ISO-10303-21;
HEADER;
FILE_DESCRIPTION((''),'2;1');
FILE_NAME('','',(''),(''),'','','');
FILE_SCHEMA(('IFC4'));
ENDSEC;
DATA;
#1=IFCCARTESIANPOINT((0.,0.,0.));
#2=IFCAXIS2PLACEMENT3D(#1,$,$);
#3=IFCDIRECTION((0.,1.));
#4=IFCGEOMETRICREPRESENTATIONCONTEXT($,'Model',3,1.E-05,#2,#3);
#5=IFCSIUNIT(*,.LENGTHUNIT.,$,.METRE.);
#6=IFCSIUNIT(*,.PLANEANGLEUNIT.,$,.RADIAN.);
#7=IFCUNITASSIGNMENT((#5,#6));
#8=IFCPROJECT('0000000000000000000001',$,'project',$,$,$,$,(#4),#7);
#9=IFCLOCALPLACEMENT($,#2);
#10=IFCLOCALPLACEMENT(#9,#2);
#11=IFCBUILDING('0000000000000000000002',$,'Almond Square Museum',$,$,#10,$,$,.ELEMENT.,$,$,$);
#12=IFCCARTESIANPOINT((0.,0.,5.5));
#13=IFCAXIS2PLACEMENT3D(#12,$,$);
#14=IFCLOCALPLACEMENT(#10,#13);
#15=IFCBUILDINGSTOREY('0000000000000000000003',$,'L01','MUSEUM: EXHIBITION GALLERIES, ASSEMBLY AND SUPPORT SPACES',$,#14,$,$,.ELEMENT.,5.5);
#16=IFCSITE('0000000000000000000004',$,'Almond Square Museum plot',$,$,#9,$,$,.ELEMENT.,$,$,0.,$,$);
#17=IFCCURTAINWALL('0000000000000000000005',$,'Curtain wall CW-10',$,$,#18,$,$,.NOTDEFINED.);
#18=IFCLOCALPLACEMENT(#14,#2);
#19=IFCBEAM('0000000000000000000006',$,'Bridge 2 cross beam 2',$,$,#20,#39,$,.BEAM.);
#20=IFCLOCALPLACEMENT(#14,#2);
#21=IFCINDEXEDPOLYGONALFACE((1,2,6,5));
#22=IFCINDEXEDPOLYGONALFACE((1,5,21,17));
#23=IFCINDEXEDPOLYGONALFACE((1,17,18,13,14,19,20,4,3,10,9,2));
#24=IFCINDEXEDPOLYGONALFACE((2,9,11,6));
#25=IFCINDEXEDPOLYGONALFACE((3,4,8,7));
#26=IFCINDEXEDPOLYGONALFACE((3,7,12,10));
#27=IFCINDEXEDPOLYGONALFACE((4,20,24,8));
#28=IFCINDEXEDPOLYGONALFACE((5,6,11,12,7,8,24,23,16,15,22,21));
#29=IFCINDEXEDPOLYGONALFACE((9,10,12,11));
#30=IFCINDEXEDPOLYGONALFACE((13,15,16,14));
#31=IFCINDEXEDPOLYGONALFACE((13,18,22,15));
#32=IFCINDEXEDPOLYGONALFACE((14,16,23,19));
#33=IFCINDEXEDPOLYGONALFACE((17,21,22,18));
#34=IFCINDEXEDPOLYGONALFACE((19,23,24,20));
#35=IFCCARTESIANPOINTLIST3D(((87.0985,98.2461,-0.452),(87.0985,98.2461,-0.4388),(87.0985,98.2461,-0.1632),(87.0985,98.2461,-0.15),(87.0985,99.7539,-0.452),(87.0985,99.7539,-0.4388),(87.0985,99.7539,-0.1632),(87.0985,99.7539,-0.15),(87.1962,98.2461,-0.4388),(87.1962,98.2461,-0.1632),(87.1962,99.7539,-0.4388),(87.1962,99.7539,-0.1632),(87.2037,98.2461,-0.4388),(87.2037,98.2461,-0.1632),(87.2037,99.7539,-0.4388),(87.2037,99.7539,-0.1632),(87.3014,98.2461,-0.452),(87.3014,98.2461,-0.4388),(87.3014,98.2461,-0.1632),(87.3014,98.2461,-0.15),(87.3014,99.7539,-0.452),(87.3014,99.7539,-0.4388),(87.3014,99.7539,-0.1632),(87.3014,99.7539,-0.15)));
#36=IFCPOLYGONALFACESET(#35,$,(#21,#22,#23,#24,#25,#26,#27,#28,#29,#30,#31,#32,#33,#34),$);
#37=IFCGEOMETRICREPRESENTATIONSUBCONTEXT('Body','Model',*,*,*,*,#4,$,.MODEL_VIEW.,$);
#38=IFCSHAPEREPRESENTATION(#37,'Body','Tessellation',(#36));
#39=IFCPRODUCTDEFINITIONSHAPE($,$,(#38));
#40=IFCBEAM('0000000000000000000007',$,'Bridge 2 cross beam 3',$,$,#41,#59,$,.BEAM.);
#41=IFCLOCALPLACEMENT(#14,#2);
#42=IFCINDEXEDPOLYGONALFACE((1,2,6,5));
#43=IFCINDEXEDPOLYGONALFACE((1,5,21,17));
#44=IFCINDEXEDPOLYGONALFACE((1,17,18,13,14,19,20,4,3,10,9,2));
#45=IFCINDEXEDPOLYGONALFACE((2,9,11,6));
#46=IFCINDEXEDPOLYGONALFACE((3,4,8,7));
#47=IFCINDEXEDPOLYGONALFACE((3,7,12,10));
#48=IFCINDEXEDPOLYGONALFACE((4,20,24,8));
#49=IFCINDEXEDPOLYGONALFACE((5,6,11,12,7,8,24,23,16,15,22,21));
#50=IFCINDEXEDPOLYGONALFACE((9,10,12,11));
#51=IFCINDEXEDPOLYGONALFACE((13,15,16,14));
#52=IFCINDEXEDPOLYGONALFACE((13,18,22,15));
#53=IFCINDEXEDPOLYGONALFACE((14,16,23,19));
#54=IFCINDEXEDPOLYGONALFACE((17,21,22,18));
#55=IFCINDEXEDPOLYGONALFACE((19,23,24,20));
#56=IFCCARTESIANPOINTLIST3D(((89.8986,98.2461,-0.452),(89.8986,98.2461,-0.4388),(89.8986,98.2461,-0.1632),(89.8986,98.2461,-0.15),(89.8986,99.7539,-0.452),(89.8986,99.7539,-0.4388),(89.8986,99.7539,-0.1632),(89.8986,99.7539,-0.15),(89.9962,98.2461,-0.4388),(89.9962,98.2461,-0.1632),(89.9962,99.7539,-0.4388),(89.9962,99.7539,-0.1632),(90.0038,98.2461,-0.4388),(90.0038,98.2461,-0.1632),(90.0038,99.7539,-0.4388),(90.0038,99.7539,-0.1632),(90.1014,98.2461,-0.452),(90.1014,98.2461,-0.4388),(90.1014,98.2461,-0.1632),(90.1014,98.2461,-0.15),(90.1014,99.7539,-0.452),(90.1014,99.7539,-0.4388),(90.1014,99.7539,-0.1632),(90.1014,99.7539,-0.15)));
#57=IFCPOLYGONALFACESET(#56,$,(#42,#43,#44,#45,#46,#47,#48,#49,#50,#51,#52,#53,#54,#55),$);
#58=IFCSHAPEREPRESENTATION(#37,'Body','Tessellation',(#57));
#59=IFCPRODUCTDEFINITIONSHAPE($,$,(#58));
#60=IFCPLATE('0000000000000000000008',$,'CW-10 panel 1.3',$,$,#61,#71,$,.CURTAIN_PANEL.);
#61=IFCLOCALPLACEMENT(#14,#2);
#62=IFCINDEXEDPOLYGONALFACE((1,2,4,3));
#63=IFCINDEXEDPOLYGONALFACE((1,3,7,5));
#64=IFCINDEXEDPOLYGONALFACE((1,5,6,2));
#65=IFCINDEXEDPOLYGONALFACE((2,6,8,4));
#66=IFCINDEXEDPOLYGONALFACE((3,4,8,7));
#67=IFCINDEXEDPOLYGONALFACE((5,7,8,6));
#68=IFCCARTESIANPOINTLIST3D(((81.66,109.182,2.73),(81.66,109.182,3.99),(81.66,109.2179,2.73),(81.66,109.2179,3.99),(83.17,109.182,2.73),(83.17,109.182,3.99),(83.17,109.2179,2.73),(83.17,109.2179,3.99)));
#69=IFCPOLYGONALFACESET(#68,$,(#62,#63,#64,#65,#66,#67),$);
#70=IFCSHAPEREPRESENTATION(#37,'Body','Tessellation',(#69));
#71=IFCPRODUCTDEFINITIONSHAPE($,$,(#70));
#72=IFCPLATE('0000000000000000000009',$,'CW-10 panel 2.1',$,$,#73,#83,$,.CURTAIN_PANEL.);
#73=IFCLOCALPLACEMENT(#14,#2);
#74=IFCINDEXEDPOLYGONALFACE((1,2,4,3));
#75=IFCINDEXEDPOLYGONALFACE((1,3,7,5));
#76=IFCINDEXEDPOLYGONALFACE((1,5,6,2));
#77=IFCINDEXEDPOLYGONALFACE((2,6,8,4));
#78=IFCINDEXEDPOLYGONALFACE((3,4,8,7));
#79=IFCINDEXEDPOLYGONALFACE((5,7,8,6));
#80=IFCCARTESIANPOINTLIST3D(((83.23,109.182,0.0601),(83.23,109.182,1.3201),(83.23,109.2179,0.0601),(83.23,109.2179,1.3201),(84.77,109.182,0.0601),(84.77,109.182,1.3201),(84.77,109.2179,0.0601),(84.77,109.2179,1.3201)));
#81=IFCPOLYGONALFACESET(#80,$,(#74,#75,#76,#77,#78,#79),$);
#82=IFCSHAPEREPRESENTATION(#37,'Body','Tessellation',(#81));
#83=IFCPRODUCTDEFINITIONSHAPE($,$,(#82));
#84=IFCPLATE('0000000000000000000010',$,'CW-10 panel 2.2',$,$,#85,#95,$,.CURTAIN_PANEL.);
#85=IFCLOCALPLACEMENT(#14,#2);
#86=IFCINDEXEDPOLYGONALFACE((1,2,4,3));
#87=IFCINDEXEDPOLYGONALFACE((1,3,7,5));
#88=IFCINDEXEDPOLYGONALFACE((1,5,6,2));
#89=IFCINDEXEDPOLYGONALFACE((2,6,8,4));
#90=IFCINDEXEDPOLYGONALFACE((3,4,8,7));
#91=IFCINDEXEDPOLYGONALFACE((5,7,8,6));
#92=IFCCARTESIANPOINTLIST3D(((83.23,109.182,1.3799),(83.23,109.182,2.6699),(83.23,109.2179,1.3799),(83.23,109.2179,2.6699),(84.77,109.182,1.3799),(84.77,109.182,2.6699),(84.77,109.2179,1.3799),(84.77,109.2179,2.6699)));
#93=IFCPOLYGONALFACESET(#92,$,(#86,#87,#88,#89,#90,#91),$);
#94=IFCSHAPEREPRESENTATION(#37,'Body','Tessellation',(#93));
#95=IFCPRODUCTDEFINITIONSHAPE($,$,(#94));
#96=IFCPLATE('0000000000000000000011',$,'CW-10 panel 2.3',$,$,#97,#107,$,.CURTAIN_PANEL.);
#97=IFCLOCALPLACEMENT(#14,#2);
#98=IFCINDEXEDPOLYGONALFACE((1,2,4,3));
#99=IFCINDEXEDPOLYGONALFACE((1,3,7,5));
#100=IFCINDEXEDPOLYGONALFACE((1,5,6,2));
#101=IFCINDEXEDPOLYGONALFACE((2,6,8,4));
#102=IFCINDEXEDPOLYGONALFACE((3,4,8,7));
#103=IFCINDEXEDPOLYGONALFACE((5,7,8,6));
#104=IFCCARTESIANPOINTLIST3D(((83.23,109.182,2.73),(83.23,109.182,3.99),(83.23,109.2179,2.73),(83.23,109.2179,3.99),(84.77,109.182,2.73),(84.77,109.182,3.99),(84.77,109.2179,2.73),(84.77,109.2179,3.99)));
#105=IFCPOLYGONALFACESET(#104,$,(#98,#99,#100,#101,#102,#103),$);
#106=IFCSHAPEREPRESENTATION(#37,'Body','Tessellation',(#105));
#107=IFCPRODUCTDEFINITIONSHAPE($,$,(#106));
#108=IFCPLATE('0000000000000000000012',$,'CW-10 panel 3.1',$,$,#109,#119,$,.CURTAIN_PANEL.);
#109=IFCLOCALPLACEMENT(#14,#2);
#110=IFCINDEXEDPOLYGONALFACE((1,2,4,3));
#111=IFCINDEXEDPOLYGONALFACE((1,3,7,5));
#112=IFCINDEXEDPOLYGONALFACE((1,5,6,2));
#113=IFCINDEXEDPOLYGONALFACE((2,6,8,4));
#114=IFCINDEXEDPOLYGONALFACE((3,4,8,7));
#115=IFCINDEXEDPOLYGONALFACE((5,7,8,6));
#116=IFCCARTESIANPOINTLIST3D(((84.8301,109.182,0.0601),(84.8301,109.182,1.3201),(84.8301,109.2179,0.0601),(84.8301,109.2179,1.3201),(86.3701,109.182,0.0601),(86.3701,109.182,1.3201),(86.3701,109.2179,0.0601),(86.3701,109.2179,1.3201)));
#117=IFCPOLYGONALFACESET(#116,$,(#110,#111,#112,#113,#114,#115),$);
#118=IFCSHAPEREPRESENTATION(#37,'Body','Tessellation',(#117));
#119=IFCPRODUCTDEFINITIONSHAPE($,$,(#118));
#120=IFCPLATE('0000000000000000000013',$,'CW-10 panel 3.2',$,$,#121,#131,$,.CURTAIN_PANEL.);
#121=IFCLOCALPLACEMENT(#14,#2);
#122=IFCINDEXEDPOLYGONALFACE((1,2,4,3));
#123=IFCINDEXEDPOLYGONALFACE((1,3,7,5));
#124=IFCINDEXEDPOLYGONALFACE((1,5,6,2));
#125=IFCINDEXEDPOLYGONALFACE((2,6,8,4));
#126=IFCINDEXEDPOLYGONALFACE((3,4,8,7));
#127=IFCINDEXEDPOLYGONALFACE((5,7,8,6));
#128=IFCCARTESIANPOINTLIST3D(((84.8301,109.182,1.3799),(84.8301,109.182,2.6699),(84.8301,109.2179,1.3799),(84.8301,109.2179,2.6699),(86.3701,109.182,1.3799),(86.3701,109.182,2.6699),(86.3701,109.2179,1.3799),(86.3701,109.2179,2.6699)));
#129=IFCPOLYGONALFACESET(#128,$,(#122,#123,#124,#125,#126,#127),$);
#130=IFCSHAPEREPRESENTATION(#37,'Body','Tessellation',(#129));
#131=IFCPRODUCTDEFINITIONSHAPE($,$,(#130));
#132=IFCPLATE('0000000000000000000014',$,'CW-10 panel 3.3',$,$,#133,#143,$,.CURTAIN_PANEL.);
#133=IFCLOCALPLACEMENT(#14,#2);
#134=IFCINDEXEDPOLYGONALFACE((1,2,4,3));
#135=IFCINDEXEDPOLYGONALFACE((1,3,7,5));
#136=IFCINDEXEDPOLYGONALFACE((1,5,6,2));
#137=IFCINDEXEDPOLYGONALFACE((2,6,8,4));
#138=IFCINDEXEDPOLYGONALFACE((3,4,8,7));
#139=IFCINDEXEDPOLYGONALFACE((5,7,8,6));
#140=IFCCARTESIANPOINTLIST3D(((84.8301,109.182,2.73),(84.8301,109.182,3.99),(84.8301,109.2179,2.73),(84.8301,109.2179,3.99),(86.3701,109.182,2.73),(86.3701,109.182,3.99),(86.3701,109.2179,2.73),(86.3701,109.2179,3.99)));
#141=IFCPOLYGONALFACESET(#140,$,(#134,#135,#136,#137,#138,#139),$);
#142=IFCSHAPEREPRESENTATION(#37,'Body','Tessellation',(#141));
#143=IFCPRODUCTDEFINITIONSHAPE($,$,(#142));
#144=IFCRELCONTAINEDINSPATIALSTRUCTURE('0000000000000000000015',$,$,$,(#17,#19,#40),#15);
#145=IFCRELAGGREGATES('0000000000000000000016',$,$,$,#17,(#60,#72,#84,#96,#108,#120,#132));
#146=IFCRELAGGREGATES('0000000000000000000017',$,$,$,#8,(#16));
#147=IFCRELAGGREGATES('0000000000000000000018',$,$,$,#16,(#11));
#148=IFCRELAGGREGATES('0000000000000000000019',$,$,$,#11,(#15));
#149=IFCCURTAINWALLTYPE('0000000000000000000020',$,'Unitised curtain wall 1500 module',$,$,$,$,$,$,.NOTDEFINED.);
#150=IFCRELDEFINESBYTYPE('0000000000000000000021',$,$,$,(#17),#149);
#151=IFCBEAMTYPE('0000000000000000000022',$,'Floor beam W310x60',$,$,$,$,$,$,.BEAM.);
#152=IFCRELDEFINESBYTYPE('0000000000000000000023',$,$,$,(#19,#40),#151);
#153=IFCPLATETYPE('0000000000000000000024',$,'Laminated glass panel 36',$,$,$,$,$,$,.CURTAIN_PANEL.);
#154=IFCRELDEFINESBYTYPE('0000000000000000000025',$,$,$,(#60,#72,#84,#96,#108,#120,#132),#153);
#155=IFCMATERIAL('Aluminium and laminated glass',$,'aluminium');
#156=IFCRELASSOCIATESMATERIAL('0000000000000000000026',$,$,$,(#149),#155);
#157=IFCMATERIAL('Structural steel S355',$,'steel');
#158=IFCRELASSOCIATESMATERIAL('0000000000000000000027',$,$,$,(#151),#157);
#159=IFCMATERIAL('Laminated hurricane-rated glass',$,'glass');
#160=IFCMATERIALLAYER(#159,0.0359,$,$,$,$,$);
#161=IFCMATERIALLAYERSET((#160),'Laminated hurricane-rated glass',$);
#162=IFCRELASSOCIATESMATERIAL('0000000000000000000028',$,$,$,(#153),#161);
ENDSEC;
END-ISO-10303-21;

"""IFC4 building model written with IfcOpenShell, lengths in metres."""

from ifc_helpers import new_model, si_unit, direction, frame, origin, origin_2d, place, context, subcontext, project, spatial, rectangle, i_section, extrude, material, layer, layer_set, material_profile, profile_set, type_object, element, aggregate, save


model = new_model("IFC4")

# Units and contexts
model_context = context("Model", 3, precision=1e-05, world=origin(), true_north=direction((0.0, 1.0)))
body_context = subcontext(model_context, "Body", "Model", "MODEL_VIEW")
ifc_project = project(units=[si_unit("LENGTHUNIT", "METRE"), si_unit("PLANEANGLEUNIT", "RADIAN")], contexts=[model_context])

# Site, building, storey
site_placement = place(None, origin())
site = spatial("IfcSite", under=ifc_project, at=site_placement, Name="Almond Square Museum plot", CompositionType="ELEMENT", RefElevation=0.0)
building_placement = place(site_placement, origin())
building = spatial("IfcBuilding", under=site, at=building_placement, Name="Almond Square Museum", CompositionType="ELEMENT")
storey_placement = place(building_placement, frame((0.0, 0.0, 5.5)))
storey = spatial("IfcBuildingStorey", under=building, at=storey_placement, Name="L01", Description="MUSEUM: EXHIBITION GALLERIES, ASSEMBLY AND SUPPORT SPACES", CompositionType="ELEMENT", Elevation=5.5)

# Curtain wall
ifc_material_1 = material(Name="Aluminium and laminated glass", Category="aluminium")
curtain_wall_type = type_object("IfcCurtainWallType", Name="Unitised curtain wall 1500 module", PredefinedType="NOTDEFINED", material=ifc_material_1)
curtain_wall_placement = place(storey_placement, origin())
curtain_wall = element("IfcCurtainWall", 1, at=curtain_wall_placement, inside=storey, type_object=curtain_wall_type, Name="Curtain wall CW-10", PredefinedType="NOTDEFINED")

# Beams
ifc_material_2 = material(Name="Structural steel S355", Category="steel")
ifc_material_profile_1 = material_profile(ifc_material_2, i_section(OverallWidth=0.2029, OverallDepth=0.302, WebThickness=0.0076, FlangeThickness=0.0132, at=origin_2d()))
ifc_profile_set_1 = profile_set([ifc_material_profile_1], Name="Structural steel S355")
beam_type = type_object("IfcBeamType", Name="Floor beam W310x60", PredefinedType="BEAM", material=ifc_profile_set_1)
for number, where, z_axis, x_axis, name in (
    (2, (87.2, 98.2461, -0.301), (0.0, 1.0, 0.0), (-1.0, 0.0, 0.0), "Bridge 2 cross beam 2"),
    (3, (90.0, 98.2461, -0.301), (0.0, 1.0, 0.0), (-1.0, 0.0, 0.0), "Bridge 2 cross beam 3"),
):
    element("IfcBeam", number, at=place(storey_placement, frame(where, z_axis=z_axis, x_axis=x_axis)), inside=storey, type_object=beam_type, Name=name, PredefinedType="BEAM", context=body_context, shape_type="SweptSolid", body=[
        extrude(i_section(OverallWidth=0.2029, OverallDepth=0.302, WebThickness=0.0076, FlangeThickness=0.0132, at=origin_2d()), origin(), (0.0, 0.0, 1.0), 1.5078),
    ])

# Plates
ifc_material_3 = material(Name="Laminated hurricane-rated glass", Category="glass")
ifc_layer = layer(ifc_material_3, 0.0359)
ifc_layer_set = layer_set([ifc_layer], Name="Laminated hurricane-rated glass")
plate_type = type_object("IfcPlateType", Name="Laminated glass panel 36", PredefinedType="CURTAIN_PANEL", material=ifc_layer_set)
plate_1_placement = place(storey_placement, frame((82.415, 109.2, 2.73), z_axis=(0.0, 0.0, 1.0), x_axis=(1.0, 0.0, 0.0)))
plate_1 = element("IfcPlate", 4, at=plate_1_placement, type_object=plate_type, Name="CW-10 panel 1.3", PredefinedType="CURTAIN_PANEL", context=body_context, shape_type="SweptSolid", body=[
    extrude(rectangle(XDim=1.51, YDim=0.0359, at=origin_2d()), origin(), (0.0, 0.0, 1.0), 1.26),
])
plate_2_placement = place(storey_placement, frame((84.0, 109.2, 0.0601), z_axis=(0.0, 0.0, 1.0), x_axis=(1.0, 0.0, 0.0)))
plate_2 = element("IfcPlate", 5, at=plate_2_placement, type_object=plate_type, Name="CW-10 panel 2.1", PredefinedType="CURTAIN_PANEL", context=body_context, shape_type="SweptSolid", body=[
    extrude(rectangle(XDim=1.54, YDim=0.0359, at=origin_2d()), origin(), (0.0, 0.0, 1.0), 1.26),
])
plate_3_placement = place(storey_placement, frame((84.0, 109.2, 1.3799), z_axis=(0.0, 0.0, 1.0), x_axis=(1.0, 0.0, 0.0)))
plate_3 = element("IfcPlate", 6, at=plate_3_placement, type_object=plate_type, Name="CW-10 panel 2.2", PredefinedType="CURTAIN_PANEL", context=body_context, shape_type="SweptSolid", body=[
    extrude(rectangle(XDim=1.54, YDim=0.0359, at=origin_2d()), origin(), (0.0, 0.0, 1.0), 1.29),
])
plate_4_placement = place(storey_placement, frame((84.0, 109.2, 2.73), z_axis=(0.0, 0.0, 1.0), x_axis=(1.0, 0.0, 0.0)))
plate_4 = element("IfcPlate", 7, at=plate_4_placement, type_object=plate_type, Name="CW-10 panel 2.3", PredefinedType="CURTAIN_PANEL", context=body_context, shape_type="SweptSolid", body=[
    extrude(rectangle(XDim=1.54, YDim=0.0359, at=origin_2d()), origin(), (0.0, 0.0, 1.0), 1.26),
])
plate_5_placement = place(storey_placement, frame((85.6001, 109.2, 0.0601), z_axis=(0.0, 0.0, 1.0), x_axis=(1.0, 0.0, 0.0)))
plate_5 = element("IfcPlate", 8, at=plate_5_placement, type_object=plate_type, Name="CW-10 panel 3.1", PredefinedType="CURTAIN_PANEL", context=body_context, shape_type="SweptSolid", body=[
    extrude(rectangle(XDim=1.54, YDim=0.0359, at=origin_2d()), origin(), (0.0, 0.0, 1.0), 1.26),
])
plate_6_placement = place(storey_placement, frame((85.6001, 109.2, 1.3799), z_axis=(0.0, 0.0, 1.0), x_axis=(1.0, 0.0, 0.0)))
plate_6 = element("IfcPlate", 9, at=plate_6_placement, type_object=plate_type, Name="CW-10 panel 3.2", PredefinedType="CURTAIN_PANEL", context=body_context, shape_type="SweptSolid", body=[
    extrude(rectangle(XDim=1.54, YDim=0.0359, at=origin_2d()), origin(), (0.0, 0.0, 1.0), 1.29),
])
plate_7_placement = place(storey_placement, frame((85.6001, 109.2, 2.73), z_axis=(0.0, 0.0, 1.0), x_axis=(1.0, 0.0, 0.0)))
plate_7 = element("IfcPlate", 10, at=plate_7_placement, type_object=plate_type, Name="CW-10 panel 3.3", PredefinedType="CURTAIN_PANEL", context=body_context, shape_type="SweptSolid", body=[
    extrude(rectangle(XDim=1.54, YDim=0.0359, at=origin_2d()), origin(), (0.0, 0.0, 1.0), 1.26),
])
aggregate(curtain_wall, [plate_1, plate_2, plate_3, plate_4, plate_5, plate_6, plate_7])

save(model, "model.ifc")
